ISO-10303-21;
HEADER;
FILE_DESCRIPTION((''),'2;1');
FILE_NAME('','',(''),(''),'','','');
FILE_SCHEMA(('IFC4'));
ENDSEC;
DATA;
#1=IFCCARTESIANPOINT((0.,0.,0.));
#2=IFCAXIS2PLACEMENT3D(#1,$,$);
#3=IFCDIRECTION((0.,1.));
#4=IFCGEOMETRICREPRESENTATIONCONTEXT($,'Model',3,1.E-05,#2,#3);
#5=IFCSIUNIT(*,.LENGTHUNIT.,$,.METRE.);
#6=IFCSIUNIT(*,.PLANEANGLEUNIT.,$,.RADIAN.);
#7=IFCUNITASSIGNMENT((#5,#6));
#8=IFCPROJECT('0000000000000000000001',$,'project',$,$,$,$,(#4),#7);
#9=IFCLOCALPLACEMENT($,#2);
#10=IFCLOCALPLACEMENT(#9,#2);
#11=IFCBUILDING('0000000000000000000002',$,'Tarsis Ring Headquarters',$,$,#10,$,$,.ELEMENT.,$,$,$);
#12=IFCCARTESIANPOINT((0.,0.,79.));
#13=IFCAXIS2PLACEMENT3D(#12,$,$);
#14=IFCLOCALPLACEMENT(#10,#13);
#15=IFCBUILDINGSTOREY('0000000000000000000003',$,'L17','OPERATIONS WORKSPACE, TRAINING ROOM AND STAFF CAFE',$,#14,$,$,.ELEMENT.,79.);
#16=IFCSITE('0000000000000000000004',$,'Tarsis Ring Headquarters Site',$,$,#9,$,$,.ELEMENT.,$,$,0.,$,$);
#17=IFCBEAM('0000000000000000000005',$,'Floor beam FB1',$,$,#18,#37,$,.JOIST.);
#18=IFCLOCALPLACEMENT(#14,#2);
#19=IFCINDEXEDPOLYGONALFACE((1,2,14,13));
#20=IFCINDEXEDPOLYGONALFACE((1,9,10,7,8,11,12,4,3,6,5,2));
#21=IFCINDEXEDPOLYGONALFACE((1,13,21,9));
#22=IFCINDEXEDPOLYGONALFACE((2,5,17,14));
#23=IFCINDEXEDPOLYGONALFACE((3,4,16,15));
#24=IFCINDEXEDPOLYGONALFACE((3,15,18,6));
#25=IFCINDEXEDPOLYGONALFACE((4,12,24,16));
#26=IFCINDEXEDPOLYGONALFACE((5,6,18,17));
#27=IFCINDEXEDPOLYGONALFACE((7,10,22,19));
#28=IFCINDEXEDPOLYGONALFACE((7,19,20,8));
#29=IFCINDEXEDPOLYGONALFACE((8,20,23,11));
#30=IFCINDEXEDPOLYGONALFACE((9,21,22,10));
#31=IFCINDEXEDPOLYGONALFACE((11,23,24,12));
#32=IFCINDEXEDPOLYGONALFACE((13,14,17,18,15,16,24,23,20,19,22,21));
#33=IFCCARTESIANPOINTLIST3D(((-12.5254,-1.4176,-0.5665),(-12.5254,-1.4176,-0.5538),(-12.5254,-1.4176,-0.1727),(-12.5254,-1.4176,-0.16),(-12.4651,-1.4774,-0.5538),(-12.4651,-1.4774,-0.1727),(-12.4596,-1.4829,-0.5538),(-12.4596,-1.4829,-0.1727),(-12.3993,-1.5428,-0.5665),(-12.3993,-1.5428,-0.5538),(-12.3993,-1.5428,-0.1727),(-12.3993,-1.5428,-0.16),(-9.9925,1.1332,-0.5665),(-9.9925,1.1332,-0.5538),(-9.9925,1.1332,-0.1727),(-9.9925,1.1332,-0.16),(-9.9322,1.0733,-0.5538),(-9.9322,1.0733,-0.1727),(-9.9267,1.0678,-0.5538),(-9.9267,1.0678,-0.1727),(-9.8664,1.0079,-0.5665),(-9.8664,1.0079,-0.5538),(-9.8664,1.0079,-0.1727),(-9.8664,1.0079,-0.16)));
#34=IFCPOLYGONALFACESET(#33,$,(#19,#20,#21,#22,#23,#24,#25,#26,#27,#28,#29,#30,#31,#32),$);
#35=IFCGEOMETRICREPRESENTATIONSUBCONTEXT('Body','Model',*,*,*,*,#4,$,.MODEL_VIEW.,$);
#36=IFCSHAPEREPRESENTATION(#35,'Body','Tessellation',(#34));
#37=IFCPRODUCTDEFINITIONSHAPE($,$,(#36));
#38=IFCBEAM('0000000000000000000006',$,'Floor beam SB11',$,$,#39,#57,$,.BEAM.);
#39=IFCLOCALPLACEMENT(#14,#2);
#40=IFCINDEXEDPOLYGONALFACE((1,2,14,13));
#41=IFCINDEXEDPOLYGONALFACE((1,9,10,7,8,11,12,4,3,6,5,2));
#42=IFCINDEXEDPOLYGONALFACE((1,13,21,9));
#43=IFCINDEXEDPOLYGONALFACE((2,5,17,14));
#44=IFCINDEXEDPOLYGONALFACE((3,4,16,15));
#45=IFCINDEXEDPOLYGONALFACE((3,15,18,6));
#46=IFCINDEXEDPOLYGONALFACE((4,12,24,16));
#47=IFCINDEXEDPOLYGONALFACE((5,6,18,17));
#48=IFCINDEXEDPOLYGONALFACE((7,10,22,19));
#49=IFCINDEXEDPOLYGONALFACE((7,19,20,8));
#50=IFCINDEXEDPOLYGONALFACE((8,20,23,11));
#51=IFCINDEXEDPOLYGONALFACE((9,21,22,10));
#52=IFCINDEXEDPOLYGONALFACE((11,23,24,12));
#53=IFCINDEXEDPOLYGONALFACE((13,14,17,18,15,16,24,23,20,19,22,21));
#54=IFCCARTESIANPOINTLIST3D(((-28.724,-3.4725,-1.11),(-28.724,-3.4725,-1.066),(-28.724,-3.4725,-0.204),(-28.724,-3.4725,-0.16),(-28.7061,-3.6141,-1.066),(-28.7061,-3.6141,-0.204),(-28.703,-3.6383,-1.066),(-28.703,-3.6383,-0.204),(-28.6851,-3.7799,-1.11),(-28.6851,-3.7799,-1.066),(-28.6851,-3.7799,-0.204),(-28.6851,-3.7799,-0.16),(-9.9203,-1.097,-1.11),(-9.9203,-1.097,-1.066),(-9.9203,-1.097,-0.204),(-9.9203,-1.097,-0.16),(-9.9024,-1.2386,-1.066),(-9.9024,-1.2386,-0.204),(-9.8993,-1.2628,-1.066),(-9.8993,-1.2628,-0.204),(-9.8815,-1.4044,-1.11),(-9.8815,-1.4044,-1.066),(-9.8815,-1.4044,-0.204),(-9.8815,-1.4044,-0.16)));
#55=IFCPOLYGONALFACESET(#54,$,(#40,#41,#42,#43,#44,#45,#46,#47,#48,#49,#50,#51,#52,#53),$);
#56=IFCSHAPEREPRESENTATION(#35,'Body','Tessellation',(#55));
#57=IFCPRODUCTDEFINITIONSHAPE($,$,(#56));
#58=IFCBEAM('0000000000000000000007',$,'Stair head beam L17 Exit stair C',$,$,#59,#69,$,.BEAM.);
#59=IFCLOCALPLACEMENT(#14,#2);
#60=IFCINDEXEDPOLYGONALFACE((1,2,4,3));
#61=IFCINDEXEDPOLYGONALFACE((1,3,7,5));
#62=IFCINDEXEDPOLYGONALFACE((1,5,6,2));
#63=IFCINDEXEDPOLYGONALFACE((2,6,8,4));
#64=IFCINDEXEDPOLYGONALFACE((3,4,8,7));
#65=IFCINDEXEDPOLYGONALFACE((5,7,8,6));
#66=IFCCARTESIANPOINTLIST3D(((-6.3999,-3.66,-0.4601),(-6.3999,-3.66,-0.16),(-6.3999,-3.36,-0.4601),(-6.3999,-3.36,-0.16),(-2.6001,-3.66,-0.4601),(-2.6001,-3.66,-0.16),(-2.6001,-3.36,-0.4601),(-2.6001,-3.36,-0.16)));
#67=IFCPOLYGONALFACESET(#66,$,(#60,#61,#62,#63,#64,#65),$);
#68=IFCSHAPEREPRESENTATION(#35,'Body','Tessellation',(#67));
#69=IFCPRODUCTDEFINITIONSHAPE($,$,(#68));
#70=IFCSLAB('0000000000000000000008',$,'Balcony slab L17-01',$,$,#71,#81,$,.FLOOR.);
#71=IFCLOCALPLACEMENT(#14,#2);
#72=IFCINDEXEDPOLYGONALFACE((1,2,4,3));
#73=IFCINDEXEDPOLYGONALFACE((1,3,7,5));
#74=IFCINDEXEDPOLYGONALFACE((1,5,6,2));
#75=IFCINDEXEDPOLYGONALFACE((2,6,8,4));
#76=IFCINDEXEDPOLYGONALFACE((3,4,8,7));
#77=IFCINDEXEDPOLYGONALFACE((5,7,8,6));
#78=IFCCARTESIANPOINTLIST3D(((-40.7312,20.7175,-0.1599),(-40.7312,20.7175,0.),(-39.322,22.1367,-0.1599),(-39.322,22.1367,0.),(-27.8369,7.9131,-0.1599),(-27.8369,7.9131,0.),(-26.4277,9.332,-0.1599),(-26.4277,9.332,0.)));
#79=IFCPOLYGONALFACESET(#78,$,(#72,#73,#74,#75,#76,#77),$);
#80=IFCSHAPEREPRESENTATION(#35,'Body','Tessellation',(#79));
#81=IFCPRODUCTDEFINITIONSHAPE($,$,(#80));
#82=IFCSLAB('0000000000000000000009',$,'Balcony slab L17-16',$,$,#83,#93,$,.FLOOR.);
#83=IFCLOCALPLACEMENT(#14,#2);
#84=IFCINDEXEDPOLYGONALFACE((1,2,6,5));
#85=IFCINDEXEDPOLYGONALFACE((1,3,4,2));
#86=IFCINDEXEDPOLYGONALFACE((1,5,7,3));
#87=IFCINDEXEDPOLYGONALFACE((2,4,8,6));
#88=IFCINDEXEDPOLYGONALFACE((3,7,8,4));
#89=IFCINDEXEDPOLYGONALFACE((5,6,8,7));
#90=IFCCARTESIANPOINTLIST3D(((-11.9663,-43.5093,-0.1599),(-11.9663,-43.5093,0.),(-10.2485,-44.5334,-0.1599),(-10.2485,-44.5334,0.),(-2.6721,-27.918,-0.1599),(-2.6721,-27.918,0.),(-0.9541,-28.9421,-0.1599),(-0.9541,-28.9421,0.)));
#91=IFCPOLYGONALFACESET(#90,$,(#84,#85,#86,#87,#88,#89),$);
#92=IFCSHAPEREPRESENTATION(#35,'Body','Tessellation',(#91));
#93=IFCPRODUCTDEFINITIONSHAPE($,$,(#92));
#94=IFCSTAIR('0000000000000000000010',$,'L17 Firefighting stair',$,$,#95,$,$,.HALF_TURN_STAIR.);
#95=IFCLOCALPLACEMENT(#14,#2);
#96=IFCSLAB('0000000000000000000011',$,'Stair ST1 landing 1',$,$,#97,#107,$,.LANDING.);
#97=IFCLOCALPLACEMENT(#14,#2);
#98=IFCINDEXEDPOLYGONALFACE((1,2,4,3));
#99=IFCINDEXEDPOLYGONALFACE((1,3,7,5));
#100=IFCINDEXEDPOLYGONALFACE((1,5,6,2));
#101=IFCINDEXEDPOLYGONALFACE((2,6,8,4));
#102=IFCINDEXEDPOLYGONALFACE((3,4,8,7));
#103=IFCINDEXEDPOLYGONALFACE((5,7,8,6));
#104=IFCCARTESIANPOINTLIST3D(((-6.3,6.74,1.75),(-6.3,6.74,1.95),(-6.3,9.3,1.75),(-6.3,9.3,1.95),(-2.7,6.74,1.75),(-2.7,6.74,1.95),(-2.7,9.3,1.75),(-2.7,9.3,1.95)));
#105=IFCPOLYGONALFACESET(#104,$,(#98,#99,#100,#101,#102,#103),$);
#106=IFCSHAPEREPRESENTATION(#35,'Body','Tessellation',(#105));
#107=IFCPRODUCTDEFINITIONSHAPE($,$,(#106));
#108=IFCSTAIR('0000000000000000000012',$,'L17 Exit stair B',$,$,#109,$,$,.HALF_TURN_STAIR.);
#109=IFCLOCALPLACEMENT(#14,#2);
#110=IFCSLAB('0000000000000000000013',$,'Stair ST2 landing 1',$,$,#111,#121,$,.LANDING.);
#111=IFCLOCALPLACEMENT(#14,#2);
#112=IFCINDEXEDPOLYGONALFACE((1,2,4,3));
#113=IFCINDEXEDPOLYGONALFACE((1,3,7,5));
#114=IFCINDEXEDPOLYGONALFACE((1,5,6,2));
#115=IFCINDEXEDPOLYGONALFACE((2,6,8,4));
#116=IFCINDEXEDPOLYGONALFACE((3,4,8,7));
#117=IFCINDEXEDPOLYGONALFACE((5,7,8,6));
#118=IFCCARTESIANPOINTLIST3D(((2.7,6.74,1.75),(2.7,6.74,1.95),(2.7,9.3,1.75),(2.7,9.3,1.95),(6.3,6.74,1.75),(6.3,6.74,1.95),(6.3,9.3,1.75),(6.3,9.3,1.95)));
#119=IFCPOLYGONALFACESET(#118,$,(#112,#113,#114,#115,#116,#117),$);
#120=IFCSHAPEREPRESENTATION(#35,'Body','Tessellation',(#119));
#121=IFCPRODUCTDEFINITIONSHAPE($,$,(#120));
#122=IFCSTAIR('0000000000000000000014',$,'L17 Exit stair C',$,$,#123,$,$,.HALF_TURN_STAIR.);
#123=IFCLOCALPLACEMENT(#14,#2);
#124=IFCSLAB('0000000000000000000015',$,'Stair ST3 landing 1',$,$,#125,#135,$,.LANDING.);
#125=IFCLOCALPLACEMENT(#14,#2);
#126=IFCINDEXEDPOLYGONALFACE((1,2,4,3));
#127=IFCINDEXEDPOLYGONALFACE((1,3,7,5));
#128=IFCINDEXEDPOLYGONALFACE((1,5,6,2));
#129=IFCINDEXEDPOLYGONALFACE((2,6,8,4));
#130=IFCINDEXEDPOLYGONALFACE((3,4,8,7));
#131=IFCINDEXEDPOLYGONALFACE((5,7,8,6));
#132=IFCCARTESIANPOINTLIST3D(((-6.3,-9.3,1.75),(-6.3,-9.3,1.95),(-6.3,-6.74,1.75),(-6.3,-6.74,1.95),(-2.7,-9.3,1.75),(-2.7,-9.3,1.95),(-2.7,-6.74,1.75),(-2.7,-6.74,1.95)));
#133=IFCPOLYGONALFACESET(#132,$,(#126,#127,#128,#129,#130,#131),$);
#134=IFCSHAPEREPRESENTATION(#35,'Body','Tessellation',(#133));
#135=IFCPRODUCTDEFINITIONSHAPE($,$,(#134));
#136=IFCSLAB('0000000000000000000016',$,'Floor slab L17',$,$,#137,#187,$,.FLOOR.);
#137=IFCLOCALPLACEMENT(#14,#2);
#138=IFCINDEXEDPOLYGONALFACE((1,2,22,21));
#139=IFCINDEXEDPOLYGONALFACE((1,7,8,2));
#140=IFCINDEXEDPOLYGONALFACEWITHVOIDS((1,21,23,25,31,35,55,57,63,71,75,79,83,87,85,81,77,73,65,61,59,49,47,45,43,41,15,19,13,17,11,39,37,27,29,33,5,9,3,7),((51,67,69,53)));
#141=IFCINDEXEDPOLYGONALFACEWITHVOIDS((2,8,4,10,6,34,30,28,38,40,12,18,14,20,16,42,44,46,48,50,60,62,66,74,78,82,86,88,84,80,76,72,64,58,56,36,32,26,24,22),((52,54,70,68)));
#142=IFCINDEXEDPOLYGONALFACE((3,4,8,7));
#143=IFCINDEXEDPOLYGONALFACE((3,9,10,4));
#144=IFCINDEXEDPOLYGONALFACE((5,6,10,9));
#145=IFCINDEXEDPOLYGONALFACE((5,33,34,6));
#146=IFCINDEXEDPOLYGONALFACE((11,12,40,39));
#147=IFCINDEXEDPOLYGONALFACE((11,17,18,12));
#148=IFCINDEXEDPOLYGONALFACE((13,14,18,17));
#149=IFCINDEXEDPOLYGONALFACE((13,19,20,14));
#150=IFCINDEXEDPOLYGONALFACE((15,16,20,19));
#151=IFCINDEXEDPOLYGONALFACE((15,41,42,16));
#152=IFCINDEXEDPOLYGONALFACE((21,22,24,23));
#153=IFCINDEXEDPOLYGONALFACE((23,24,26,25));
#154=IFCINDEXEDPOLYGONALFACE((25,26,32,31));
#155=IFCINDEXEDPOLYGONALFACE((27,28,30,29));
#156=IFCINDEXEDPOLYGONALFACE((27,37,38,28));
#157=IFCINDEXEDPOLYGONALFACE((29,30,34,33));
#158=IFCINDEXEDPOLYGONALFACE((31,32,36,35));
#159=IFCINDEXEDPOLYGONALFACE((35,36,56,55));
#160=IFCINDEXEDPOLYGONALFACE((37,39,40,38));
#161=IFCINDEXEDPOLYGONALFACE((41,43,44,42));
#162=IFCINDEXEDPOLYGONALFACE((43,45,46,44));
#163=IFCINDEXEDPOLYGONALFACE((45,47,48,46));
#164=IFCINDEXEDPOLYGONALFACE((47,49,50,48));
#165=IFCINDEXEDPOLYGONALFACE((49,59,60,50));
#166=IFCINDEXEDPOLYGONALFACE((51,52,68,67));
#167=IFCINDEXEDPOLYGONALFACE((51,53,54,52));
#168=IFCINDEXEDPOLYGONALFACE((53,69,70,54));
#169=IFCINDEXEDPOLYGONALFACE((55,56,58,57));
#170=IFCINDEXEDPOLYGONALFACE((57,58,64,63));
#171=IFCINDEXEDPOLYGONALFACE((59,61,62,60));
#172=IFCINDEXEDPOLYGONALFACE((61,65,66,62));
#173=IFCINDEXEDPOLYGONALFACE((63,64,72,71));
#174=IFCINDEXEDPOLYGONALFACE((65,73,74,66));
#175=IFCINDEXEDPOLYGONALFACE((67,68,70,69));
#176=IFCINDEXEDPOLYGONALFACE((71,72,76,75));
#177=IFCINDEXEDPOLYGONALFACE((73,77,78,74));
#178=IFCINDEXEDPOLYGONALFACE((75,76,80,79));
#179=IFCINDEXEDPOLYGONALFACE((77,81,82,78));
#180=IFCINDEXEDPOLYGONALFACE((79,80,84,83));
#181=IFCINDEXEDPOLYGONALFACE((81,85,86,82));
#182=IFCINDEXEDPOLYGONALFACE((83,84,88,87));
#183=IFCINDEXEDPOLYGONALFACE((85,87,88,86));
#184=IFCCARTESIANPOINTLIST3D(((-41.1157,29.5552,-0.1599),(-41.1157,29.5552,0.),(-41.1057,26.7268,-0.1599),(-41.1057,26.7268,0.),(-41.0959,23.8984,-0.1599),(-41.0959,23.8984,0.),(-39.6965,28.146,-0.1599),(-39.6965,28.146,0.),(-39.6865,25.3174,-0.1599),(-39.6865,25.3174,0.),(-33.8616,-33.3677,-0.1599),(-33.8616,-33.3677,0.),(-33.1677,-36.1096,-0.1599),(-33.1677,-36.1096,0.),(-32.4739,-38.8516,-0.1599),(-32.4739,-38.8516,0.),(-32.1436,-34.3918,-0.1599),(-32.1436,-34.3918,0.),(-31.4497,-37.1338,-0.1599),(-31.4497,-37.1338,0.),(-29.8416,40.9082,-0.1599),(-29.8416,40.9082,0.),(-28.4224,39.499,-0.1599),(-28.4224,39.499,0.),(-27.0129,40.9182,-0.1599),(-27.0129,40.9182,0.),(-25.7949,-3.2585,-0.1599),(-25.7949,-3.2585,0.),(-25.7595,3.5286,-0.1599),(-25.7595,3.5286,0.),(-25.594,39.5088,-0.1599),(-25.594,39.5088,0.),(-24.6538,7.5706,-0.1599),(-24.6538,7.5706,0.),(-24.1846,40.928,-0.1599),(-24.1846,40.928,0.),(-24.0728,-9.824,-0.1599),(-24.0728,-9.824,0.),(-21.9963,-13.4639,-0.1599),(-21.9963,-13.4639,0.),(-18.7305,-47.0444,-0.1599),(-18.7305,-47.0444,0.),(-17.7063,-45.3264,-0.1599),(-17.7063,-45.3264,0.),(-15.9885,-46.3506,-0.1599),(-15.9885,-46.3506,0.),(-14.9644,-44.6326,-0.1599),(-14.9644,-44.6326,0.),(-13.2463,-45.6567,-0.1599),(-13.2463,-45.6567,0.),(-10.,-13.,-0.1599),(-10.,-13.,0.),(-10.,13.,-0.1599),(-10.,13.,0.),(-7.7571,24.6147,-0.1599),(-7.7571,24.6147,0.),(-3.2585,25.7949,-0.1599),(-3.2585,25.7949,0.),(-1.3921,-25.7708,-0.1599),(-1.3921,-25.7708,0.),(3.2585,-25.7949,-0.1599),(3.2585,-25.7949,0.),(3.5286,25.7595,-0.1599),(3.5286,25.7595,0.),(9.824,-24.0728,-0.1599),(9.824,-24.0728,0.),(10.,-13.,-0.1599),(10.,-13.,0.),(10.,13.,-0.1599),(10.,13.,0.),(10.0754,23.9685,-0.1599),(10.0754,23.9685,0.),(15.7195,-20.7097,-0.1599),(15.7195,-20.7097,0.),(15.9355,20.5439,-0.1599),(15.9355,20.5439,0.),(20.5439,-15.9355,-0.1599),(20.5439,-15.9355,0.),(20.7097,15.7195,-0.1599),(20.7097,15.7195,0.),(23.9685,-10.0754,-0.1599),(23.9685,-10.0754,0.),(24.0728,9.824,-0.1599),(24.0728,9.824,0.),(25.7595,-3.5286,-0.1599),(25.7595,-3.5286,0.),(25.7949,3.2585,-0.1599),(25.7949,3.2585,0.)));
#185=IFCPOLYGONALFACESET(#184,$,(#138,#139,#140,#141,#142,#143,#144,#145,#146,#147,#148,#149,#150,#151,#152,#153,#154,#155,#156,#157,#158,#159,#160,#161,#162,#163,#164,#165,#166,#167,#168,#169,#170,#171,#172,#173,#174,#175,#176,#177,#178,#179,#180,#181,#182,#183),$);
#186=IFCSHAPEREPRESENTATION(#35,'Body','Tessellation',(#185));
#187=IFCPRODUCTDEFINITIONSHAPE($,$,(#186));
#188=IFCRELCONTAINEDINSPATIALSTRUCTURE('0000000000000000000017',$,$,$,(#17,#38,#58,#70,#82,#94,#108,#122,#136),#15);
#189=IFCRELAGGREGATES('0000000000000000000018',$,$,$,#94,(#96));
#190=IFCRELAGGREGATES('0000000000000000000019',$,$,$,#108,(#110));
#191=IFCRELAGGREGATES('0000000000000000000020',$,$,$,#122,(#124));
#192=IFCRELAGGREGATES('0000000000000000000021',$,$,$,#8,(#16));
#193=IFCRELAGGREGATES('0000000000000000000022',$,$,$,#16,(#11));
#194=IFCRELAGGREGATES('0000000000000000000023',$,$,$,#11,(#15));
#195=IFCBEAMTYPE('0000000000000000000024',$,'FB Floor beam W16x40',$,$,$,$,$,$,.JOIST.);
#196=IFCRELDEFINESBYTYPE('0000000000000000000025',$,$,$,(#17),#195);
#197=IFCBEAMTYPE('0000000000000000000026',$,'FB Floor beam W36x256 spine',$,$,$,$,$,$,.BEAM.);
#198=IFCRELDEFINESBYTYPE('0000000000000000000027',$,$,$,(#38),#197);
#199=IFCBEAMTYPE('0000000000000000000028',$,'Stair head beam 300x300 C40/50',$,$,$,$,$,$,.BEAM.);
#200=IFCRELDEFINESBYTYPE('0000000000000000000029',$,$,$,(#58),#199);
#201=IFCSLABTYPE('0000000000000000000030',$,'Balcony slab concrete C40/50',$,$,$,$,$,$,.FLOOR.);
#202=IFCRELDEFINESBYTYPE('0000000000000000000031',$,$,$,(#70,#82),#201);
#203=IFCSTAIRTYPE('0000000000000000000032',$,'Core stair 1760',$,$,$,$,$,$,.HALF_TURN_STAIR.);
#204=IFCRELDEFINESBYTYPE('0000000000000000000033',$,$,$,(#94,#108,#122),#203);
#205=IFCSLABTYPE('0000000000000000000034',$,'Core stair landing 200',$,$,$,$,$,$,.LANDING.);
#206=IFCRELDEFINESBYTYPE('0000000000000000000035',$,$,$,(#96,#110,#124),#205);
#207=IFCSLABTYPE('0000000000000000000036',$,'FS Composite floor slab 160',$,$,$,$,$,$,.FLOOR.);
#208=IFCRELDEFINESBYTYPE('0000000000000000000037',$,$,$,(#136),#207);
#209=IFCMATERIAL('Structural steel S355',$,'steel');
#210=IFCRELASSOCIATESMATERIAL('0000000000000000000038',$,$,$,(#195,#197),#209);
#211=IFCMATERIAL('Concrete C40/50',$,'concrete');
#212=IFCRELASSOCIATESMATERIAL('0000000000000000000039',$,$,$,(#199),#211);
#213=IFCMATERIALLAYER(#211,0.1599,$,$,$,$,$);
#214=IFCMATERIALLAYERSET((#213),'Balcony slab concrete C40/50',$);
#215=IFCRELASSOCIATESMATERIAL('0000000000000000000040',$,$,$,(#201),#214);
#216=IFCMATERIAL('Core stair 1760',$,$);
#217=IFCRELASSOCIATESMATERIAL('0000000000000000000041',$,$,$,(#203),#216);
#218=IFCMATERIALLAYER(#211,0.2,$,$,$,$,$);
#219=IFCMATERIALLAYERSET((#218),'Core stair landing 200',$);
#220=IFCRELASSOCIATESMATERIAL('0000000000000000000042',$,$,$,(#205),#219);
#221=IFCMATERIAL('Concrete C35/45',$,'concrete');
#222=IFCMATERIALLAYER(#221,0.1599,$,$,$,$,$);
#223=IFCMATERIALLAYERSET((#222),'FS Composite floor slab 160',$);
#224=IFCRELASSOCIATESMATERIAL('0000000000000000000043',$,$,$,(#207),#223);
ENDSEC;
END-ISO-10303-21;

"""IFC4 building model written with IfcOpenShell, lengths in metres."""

from ifc_helpers import new_model, si_unit, direction, frame, origin, origin_2d, place, context, subcontext, project, spatial, polyline, rectangle, i_section, outline, extrude, material, layer, layer_set, material_profile, profile_set, type_object, element, aggregate, save


model = new_model("IFC4")

# Units and contexts
model_context = context("Model", 3, precision=1e-05, world=origin(), true_north=direction((0.0, 1.0)))
body_context = subcontext(model_context, "Body", "Model", "MODEL_VIEW")
ifc_project = project(units=[si_unit("LENGTHUNIT", "METRE"), si_unit("PLANEANGLEUNIT", "RADIAN")], contexts=[model_context])

# Site, building, storey
site_placement = place(None, origin())
site = spatial("IfcSite", under=ifc_project, at=site_placement, Name="Tarsis Ring Headquarters Site", CompositionType="ELEMENT", RefElevation=0.0)
building_placement = place(site_placement, origin())
building = spatial("IfcBuilding", under=site, at=building_placement, Name="Tarsis Ring Headquarters", CompositionType="ELEMENT")
storey_placement = place(building_placement, frame((0.0, 0.0, 79.0)))
storey = spatial("IfcBuildingStorey", under=building, at=storey_placement, Name="L17", Description="OPERATIONS WORKSPACE, TRAINING ROOM AND STAFF CAFE", CompositionType="ELEMENT", Elevation=79.0)

# Beams
ifc_material_1 = material(Name="Structural steel S355", Category="steel")
ifc_material_profile_1 = material_profile(ifc_material_1, i_section(OverallWidth=0.1777, OverallDepth=0.4065, WebThickness=0.0078, FlangeThickness=0.0127, at=origin_2d()), Name="W16x40")
ifc_profile_set_1 = profile_set([ifc_material_profile_1], Name="Structural steel S355")
beam_type_1 = type_object("IfcBeamType", Name="FB Floor beam W16x40", PredefinedType="JOIST", material=ifc_profile_set_1)
beam_1_placement = place(storey_placement, frame((-9.9294, 1.0706, -0.3633), z_axis=(-0.704624, -0.709581, 0.0), x_axis=(0.709581, -0.704624, 0.0)))
element("IfcBeam", 1, at=beam_1_placement, inside=storey, type_object=beam_type_1, Name="Floor beam FB1", PredefinedType="JOIST", context=body_context, shape_type="SweptSolid", body=[
    extrude(i_section(OverallWidth=0.1777, OverallDepth=0.4065, WebThickness=0.0078, FlangeThickness=0.0127, at=origin_2d()), origin(), (0.0, 0.0, 1.0), 3.5947),
])
ifc_material_profile_2 = material_profile(ifc_material_1, i_section(OverallWidth=0.3098, OverallDepth=0.95, WebThickness=0.0244, FlangeThickness=0.0439, at=origin_2d()), Name="W36x256")
ifc_profile_set_2 = profile_set([ifc_material_profile_2], Name="Structural steel S355")
beam_type_2 = type_object("IfcBeamType", Name="FB Floor beam W36x256 spine", PredefinedType="BEAM", material=ifc_profile_set_2)
beam_2_placement = place(storey_placement, frame((-9.9009, -1.2507, -0.635), z_axis=(-0.992115, -0.125335, 0.0), x_axis=(0.125335, -0.992115, 0.0)))
element("IfcBeam", 2, at=beam_2_placement, inside=storey, type_object=beam_type_2, Name="Floor beam SB11", PredefinedType="BEAM", context=body_context, shape_type="SweptSolid", body=[
    extrude(i_section(OverallWidth=0.3098, OverallDepth=0.95, WebThickness=0.0244, FlangeThickness=0.0439, at=origin_2d()), origin(), (0.0, 0.0, 1.0), 18.9531),
])
ifc_material_2 = material(Name="Concrete C40/50", Category="concrete")
ifc_material_profile_3 = material_profile(ifc_material_2, rectangle(XDim=0.3, YDim=0.3, at=origin_2d()), Name="Stair head beam 300x300 C40/50")
ifc_profile_set_3 = profile_set([ifc_material_profile_3], Name="Concrete C40/50")
beam_type_3 = type_object("IfcBeamType", Name="Stair head beam 300x300 C40/50", PredefinedType="BEAM", material=ifc_profile_set_3)
beam_3_placement = place(storey_placement, frame((-6.3999, -3.51, -0.3101), z_axis=(1.0, 0.0, 0.0), x_axis=(0.0, 1.0, 0.0)))
element("IfcBeam", 3, at=beam_3_placement, inside=storey, type_object=beam_type_3, Name="Stair head beam L17 Exit stair C", PredefinedType="BEAM", context=body_context, shape_type="SweptSolid", body=[
    extrude(rectangle(XDim=0.3, YDim=0.3, at=origin_2d()), origin(), (0.0, 0.0, 1.0), 3.7998),
])

# Slabs
ifc_layer_1 = layer(ifc_material_2, 0.1599)
ifc_layer_set_1 = layer_set([ifc_layer_1], Name="Balcony slab concrete C40/50")
slab_type_1 = type_object("IfcSlabType", Name="Balcony slab concrete C40/50", PredefinedType="FLOOR", material=ifc_layer_set_1)
slab_1_placement = place(storey_placement, frame((0.0, 0.0, -0.1599)))
element("IfcSlab", 4, at=slab_1_placement, inside=storey, type_object=slab_type_1, Name="Balcony slab L17-01", PredefinedType="FLOOR", context=body_context, shape_type="SweptSolid", body=[
    extrude(outline(polyline([(-39.322, 22.1367), (-40.7312, 20.7175), (-27.8369, 7.9131), (-26.4277, 9.332), (-39.322, 22.1367)])), origin(), (0.0, 0.0, 1.0), 0.1599),
])
slab_2_placement = place(storey_placement, frame((0.0, 0.0, -0.1599)))
element("IfcSlab", 5, at=slab_2_placement, inside=storey, type_object=slab_type_1, Name="Balcony slab L17-16", PredefinedType="FLOOR", context=body_context, shape_type="SweptSolid", body=[
    extrude(outline(polyline([(-11.9663, -43.5093), (-10.2485, -44.5334), (-0.9541, -28.9421), (-2.6721, -27.918), (-11.9663, -43.5093)])), origin(), (0.0, 0.0, 1.0), 0.1599),
])

# Stairs, slabs
ifc_material_3 = material(Name="Core stair 1760")
stair_type = type_object("IfcStairType", Name="Core stair 1760", PredefinedType="HALF_TURN_STAIR", material=ifc_material_3)
stair_1_placement = place(storey_placement, origin())
stair_1 = element("IfcStair", 6, at=stair_1_placement, inside=storey, type_object=stair_type, Name="L17 Firefighting stair", PredefinedType="HALF_TURN_STAIR")
ifc_layer_2 = layer(ifc_material_2, 0.2)
ifc_layer_set_2 = layer_set([ifc_layer_2], Name="Core stair landing 200")
slab_type_2 = type_object("IfcSlabType", Name="Core stair landing 200", PredefinedType="LANDING", material=ifc_layer_set_2)
slab_3_placement = place(storey_placement, frame((0.0, 0.0, 1.75)))
slab_3 = element("IfcSlab", 7, at=slab_3_placement, type_object=slab_type_2, Name="Stair ST1 landing 1", PredefinedType="LANDING", context=body_context, shape_type="SweptSolid", body=[
    extrude(outline(polyline([(-2.7, 6.74), (-2.7, 9.3), (-6.3, 9.3), (-6.3, 6.74), (-2.7, 6.74)])), origin(), (0.0, 0.0, 1.0), 0.2),
])
aggregate(stair_1, [slab_3])
stair_2_placement = place(storey_placement, origin())
stair_2 = element("IfcStair", 8, at=stair_2_placement, inside=storey, type_object=stair_type, Name="L17 Exit stair B", PredefinedType="HALF_TURN_STAIR")
slab_4_placement = place(storey_placement, frame((0.0, 0.0, 1.75)))
slab_4 = element("IfcSlab", 9, at=slab_4_placement, type_object=slab_type_2, Name="Stair ST2 landing 1", PredefinedType="LANDING", context=body_context, shape_type="SweptSolid", body=[
    extrude(outline(polyline([(6.3, 6.74), (6.3, 9.3), (2.7, 9.3), (2.7, 6.74), (6.3, 6.74)])), origin(), (0.0, 0.0, 1.0), 0.2),
])
aggregate(stair_2, [slab_4])
stair_3_placement = place(storey_placement, origin())
stair_3 = element("IfcStair", 10, at=stair_3_placement, inside=storey, type_object=stair_type, Name="L17 Exit stair C", PredefinedType="HALF_TURN_STAIR")
slab_5_placement = place(storey_placement, frame((0.0, 0.0, 1.75)))
slab_5 = element("IfcSlab", 11, at=slab_5_placement, type_object=slab_type_2, Name="Stair ST3 landing 1", PredefinedType="LANDING", context=body_context, shape_type="SweptSolid", body=[
    extrude(outline(polyline([(-6.3, -6.74), (-6.3, -9.3), (-2.7, -9.3), (-2.7, -6.74), (-6.3, -6.74)])), origin(), (0.0, 0.0, 1.0), 0.2),
])
aggregate(stair_3, [slab_5])

# Slab
ifc_material_4 = material(Name="Concrete C35/45", Category="concrete")
ifc_layer_3 = layer(ifc_material_4, 0.1599)
ifc_layer_set_3 = layer_set([ifc_layer_3], Name="FS Composite floor slab 160")
slab_type_3 = type_object("IfcSlabType", Name="FS Composite floor slab 160", PredefinedType="FLOOR", material=ifc_layer_set_3)
slab_6_placement = place(storey_placement, frame((0.0, 0.0, -0.1599)))
element("IfcSlab", 12, at=slab_6_placement, inside=storey, type_object=slab_type_3, Name="Floor slab L17", PredefinedType="FLOOR", context=body_context, shape_type="SweptSolid", body=[
    extrude(outline(polyline([(-24.6538, 7.5706), (-25.7595, 3.5286), (-25.7949, -3.2585), (-24.0728, -9.824), (-21.9963, -13.4639), (-33.8616, -33.3677), (-32.1436, -34.3918), (-33.1677, -36.1096), (-31.4497, -37.1338), (-32.4739, -38.8516), (-18.7305, -47.0444), (-17.7063, -45.3264), (-15.9885, -46.3506), (-14.9644, -44.6326), (-13.2463, -45.6567), (-1.3921, -25.7708), (3.2585, -25.7949), (9.824, -24.0728), (15.7195, -20.7097), (20.5439, -15.9355), (23.9685, -10.0754), (25.7595, -3.5286), (25.7949, 3.2585), (24.0728, 9.824), (20.7097, 15.7195), (15.9355, 20.5439), (10.0754, 23.9685), (3.5286, 25.7595), (-3.2585, 25.7949), (-7.7571, 24.6147), (-24.1846, 40.928), (-25.594, 39.5088), (-27.0129, 40.9182), (-28.4224, 39.499), (-29.8416, 40.9082), (-41.1157, 29.5552), (-39.6965, 28.146), (-41.1057, 26.7268), (-39.6865, 25.3174), (-41.0959, 23.8984), (-24.6538, 7.5706)]), holes=[polyline([(-10.0, -13.0), (-10.0, 13.0), (10.0, 13.0), (10.0, -13.0), (-10.0, -13.0)])]), origin(), (0.0, 0.0, 1.0), 0.1599),
])

save(model, "model.ifc")
